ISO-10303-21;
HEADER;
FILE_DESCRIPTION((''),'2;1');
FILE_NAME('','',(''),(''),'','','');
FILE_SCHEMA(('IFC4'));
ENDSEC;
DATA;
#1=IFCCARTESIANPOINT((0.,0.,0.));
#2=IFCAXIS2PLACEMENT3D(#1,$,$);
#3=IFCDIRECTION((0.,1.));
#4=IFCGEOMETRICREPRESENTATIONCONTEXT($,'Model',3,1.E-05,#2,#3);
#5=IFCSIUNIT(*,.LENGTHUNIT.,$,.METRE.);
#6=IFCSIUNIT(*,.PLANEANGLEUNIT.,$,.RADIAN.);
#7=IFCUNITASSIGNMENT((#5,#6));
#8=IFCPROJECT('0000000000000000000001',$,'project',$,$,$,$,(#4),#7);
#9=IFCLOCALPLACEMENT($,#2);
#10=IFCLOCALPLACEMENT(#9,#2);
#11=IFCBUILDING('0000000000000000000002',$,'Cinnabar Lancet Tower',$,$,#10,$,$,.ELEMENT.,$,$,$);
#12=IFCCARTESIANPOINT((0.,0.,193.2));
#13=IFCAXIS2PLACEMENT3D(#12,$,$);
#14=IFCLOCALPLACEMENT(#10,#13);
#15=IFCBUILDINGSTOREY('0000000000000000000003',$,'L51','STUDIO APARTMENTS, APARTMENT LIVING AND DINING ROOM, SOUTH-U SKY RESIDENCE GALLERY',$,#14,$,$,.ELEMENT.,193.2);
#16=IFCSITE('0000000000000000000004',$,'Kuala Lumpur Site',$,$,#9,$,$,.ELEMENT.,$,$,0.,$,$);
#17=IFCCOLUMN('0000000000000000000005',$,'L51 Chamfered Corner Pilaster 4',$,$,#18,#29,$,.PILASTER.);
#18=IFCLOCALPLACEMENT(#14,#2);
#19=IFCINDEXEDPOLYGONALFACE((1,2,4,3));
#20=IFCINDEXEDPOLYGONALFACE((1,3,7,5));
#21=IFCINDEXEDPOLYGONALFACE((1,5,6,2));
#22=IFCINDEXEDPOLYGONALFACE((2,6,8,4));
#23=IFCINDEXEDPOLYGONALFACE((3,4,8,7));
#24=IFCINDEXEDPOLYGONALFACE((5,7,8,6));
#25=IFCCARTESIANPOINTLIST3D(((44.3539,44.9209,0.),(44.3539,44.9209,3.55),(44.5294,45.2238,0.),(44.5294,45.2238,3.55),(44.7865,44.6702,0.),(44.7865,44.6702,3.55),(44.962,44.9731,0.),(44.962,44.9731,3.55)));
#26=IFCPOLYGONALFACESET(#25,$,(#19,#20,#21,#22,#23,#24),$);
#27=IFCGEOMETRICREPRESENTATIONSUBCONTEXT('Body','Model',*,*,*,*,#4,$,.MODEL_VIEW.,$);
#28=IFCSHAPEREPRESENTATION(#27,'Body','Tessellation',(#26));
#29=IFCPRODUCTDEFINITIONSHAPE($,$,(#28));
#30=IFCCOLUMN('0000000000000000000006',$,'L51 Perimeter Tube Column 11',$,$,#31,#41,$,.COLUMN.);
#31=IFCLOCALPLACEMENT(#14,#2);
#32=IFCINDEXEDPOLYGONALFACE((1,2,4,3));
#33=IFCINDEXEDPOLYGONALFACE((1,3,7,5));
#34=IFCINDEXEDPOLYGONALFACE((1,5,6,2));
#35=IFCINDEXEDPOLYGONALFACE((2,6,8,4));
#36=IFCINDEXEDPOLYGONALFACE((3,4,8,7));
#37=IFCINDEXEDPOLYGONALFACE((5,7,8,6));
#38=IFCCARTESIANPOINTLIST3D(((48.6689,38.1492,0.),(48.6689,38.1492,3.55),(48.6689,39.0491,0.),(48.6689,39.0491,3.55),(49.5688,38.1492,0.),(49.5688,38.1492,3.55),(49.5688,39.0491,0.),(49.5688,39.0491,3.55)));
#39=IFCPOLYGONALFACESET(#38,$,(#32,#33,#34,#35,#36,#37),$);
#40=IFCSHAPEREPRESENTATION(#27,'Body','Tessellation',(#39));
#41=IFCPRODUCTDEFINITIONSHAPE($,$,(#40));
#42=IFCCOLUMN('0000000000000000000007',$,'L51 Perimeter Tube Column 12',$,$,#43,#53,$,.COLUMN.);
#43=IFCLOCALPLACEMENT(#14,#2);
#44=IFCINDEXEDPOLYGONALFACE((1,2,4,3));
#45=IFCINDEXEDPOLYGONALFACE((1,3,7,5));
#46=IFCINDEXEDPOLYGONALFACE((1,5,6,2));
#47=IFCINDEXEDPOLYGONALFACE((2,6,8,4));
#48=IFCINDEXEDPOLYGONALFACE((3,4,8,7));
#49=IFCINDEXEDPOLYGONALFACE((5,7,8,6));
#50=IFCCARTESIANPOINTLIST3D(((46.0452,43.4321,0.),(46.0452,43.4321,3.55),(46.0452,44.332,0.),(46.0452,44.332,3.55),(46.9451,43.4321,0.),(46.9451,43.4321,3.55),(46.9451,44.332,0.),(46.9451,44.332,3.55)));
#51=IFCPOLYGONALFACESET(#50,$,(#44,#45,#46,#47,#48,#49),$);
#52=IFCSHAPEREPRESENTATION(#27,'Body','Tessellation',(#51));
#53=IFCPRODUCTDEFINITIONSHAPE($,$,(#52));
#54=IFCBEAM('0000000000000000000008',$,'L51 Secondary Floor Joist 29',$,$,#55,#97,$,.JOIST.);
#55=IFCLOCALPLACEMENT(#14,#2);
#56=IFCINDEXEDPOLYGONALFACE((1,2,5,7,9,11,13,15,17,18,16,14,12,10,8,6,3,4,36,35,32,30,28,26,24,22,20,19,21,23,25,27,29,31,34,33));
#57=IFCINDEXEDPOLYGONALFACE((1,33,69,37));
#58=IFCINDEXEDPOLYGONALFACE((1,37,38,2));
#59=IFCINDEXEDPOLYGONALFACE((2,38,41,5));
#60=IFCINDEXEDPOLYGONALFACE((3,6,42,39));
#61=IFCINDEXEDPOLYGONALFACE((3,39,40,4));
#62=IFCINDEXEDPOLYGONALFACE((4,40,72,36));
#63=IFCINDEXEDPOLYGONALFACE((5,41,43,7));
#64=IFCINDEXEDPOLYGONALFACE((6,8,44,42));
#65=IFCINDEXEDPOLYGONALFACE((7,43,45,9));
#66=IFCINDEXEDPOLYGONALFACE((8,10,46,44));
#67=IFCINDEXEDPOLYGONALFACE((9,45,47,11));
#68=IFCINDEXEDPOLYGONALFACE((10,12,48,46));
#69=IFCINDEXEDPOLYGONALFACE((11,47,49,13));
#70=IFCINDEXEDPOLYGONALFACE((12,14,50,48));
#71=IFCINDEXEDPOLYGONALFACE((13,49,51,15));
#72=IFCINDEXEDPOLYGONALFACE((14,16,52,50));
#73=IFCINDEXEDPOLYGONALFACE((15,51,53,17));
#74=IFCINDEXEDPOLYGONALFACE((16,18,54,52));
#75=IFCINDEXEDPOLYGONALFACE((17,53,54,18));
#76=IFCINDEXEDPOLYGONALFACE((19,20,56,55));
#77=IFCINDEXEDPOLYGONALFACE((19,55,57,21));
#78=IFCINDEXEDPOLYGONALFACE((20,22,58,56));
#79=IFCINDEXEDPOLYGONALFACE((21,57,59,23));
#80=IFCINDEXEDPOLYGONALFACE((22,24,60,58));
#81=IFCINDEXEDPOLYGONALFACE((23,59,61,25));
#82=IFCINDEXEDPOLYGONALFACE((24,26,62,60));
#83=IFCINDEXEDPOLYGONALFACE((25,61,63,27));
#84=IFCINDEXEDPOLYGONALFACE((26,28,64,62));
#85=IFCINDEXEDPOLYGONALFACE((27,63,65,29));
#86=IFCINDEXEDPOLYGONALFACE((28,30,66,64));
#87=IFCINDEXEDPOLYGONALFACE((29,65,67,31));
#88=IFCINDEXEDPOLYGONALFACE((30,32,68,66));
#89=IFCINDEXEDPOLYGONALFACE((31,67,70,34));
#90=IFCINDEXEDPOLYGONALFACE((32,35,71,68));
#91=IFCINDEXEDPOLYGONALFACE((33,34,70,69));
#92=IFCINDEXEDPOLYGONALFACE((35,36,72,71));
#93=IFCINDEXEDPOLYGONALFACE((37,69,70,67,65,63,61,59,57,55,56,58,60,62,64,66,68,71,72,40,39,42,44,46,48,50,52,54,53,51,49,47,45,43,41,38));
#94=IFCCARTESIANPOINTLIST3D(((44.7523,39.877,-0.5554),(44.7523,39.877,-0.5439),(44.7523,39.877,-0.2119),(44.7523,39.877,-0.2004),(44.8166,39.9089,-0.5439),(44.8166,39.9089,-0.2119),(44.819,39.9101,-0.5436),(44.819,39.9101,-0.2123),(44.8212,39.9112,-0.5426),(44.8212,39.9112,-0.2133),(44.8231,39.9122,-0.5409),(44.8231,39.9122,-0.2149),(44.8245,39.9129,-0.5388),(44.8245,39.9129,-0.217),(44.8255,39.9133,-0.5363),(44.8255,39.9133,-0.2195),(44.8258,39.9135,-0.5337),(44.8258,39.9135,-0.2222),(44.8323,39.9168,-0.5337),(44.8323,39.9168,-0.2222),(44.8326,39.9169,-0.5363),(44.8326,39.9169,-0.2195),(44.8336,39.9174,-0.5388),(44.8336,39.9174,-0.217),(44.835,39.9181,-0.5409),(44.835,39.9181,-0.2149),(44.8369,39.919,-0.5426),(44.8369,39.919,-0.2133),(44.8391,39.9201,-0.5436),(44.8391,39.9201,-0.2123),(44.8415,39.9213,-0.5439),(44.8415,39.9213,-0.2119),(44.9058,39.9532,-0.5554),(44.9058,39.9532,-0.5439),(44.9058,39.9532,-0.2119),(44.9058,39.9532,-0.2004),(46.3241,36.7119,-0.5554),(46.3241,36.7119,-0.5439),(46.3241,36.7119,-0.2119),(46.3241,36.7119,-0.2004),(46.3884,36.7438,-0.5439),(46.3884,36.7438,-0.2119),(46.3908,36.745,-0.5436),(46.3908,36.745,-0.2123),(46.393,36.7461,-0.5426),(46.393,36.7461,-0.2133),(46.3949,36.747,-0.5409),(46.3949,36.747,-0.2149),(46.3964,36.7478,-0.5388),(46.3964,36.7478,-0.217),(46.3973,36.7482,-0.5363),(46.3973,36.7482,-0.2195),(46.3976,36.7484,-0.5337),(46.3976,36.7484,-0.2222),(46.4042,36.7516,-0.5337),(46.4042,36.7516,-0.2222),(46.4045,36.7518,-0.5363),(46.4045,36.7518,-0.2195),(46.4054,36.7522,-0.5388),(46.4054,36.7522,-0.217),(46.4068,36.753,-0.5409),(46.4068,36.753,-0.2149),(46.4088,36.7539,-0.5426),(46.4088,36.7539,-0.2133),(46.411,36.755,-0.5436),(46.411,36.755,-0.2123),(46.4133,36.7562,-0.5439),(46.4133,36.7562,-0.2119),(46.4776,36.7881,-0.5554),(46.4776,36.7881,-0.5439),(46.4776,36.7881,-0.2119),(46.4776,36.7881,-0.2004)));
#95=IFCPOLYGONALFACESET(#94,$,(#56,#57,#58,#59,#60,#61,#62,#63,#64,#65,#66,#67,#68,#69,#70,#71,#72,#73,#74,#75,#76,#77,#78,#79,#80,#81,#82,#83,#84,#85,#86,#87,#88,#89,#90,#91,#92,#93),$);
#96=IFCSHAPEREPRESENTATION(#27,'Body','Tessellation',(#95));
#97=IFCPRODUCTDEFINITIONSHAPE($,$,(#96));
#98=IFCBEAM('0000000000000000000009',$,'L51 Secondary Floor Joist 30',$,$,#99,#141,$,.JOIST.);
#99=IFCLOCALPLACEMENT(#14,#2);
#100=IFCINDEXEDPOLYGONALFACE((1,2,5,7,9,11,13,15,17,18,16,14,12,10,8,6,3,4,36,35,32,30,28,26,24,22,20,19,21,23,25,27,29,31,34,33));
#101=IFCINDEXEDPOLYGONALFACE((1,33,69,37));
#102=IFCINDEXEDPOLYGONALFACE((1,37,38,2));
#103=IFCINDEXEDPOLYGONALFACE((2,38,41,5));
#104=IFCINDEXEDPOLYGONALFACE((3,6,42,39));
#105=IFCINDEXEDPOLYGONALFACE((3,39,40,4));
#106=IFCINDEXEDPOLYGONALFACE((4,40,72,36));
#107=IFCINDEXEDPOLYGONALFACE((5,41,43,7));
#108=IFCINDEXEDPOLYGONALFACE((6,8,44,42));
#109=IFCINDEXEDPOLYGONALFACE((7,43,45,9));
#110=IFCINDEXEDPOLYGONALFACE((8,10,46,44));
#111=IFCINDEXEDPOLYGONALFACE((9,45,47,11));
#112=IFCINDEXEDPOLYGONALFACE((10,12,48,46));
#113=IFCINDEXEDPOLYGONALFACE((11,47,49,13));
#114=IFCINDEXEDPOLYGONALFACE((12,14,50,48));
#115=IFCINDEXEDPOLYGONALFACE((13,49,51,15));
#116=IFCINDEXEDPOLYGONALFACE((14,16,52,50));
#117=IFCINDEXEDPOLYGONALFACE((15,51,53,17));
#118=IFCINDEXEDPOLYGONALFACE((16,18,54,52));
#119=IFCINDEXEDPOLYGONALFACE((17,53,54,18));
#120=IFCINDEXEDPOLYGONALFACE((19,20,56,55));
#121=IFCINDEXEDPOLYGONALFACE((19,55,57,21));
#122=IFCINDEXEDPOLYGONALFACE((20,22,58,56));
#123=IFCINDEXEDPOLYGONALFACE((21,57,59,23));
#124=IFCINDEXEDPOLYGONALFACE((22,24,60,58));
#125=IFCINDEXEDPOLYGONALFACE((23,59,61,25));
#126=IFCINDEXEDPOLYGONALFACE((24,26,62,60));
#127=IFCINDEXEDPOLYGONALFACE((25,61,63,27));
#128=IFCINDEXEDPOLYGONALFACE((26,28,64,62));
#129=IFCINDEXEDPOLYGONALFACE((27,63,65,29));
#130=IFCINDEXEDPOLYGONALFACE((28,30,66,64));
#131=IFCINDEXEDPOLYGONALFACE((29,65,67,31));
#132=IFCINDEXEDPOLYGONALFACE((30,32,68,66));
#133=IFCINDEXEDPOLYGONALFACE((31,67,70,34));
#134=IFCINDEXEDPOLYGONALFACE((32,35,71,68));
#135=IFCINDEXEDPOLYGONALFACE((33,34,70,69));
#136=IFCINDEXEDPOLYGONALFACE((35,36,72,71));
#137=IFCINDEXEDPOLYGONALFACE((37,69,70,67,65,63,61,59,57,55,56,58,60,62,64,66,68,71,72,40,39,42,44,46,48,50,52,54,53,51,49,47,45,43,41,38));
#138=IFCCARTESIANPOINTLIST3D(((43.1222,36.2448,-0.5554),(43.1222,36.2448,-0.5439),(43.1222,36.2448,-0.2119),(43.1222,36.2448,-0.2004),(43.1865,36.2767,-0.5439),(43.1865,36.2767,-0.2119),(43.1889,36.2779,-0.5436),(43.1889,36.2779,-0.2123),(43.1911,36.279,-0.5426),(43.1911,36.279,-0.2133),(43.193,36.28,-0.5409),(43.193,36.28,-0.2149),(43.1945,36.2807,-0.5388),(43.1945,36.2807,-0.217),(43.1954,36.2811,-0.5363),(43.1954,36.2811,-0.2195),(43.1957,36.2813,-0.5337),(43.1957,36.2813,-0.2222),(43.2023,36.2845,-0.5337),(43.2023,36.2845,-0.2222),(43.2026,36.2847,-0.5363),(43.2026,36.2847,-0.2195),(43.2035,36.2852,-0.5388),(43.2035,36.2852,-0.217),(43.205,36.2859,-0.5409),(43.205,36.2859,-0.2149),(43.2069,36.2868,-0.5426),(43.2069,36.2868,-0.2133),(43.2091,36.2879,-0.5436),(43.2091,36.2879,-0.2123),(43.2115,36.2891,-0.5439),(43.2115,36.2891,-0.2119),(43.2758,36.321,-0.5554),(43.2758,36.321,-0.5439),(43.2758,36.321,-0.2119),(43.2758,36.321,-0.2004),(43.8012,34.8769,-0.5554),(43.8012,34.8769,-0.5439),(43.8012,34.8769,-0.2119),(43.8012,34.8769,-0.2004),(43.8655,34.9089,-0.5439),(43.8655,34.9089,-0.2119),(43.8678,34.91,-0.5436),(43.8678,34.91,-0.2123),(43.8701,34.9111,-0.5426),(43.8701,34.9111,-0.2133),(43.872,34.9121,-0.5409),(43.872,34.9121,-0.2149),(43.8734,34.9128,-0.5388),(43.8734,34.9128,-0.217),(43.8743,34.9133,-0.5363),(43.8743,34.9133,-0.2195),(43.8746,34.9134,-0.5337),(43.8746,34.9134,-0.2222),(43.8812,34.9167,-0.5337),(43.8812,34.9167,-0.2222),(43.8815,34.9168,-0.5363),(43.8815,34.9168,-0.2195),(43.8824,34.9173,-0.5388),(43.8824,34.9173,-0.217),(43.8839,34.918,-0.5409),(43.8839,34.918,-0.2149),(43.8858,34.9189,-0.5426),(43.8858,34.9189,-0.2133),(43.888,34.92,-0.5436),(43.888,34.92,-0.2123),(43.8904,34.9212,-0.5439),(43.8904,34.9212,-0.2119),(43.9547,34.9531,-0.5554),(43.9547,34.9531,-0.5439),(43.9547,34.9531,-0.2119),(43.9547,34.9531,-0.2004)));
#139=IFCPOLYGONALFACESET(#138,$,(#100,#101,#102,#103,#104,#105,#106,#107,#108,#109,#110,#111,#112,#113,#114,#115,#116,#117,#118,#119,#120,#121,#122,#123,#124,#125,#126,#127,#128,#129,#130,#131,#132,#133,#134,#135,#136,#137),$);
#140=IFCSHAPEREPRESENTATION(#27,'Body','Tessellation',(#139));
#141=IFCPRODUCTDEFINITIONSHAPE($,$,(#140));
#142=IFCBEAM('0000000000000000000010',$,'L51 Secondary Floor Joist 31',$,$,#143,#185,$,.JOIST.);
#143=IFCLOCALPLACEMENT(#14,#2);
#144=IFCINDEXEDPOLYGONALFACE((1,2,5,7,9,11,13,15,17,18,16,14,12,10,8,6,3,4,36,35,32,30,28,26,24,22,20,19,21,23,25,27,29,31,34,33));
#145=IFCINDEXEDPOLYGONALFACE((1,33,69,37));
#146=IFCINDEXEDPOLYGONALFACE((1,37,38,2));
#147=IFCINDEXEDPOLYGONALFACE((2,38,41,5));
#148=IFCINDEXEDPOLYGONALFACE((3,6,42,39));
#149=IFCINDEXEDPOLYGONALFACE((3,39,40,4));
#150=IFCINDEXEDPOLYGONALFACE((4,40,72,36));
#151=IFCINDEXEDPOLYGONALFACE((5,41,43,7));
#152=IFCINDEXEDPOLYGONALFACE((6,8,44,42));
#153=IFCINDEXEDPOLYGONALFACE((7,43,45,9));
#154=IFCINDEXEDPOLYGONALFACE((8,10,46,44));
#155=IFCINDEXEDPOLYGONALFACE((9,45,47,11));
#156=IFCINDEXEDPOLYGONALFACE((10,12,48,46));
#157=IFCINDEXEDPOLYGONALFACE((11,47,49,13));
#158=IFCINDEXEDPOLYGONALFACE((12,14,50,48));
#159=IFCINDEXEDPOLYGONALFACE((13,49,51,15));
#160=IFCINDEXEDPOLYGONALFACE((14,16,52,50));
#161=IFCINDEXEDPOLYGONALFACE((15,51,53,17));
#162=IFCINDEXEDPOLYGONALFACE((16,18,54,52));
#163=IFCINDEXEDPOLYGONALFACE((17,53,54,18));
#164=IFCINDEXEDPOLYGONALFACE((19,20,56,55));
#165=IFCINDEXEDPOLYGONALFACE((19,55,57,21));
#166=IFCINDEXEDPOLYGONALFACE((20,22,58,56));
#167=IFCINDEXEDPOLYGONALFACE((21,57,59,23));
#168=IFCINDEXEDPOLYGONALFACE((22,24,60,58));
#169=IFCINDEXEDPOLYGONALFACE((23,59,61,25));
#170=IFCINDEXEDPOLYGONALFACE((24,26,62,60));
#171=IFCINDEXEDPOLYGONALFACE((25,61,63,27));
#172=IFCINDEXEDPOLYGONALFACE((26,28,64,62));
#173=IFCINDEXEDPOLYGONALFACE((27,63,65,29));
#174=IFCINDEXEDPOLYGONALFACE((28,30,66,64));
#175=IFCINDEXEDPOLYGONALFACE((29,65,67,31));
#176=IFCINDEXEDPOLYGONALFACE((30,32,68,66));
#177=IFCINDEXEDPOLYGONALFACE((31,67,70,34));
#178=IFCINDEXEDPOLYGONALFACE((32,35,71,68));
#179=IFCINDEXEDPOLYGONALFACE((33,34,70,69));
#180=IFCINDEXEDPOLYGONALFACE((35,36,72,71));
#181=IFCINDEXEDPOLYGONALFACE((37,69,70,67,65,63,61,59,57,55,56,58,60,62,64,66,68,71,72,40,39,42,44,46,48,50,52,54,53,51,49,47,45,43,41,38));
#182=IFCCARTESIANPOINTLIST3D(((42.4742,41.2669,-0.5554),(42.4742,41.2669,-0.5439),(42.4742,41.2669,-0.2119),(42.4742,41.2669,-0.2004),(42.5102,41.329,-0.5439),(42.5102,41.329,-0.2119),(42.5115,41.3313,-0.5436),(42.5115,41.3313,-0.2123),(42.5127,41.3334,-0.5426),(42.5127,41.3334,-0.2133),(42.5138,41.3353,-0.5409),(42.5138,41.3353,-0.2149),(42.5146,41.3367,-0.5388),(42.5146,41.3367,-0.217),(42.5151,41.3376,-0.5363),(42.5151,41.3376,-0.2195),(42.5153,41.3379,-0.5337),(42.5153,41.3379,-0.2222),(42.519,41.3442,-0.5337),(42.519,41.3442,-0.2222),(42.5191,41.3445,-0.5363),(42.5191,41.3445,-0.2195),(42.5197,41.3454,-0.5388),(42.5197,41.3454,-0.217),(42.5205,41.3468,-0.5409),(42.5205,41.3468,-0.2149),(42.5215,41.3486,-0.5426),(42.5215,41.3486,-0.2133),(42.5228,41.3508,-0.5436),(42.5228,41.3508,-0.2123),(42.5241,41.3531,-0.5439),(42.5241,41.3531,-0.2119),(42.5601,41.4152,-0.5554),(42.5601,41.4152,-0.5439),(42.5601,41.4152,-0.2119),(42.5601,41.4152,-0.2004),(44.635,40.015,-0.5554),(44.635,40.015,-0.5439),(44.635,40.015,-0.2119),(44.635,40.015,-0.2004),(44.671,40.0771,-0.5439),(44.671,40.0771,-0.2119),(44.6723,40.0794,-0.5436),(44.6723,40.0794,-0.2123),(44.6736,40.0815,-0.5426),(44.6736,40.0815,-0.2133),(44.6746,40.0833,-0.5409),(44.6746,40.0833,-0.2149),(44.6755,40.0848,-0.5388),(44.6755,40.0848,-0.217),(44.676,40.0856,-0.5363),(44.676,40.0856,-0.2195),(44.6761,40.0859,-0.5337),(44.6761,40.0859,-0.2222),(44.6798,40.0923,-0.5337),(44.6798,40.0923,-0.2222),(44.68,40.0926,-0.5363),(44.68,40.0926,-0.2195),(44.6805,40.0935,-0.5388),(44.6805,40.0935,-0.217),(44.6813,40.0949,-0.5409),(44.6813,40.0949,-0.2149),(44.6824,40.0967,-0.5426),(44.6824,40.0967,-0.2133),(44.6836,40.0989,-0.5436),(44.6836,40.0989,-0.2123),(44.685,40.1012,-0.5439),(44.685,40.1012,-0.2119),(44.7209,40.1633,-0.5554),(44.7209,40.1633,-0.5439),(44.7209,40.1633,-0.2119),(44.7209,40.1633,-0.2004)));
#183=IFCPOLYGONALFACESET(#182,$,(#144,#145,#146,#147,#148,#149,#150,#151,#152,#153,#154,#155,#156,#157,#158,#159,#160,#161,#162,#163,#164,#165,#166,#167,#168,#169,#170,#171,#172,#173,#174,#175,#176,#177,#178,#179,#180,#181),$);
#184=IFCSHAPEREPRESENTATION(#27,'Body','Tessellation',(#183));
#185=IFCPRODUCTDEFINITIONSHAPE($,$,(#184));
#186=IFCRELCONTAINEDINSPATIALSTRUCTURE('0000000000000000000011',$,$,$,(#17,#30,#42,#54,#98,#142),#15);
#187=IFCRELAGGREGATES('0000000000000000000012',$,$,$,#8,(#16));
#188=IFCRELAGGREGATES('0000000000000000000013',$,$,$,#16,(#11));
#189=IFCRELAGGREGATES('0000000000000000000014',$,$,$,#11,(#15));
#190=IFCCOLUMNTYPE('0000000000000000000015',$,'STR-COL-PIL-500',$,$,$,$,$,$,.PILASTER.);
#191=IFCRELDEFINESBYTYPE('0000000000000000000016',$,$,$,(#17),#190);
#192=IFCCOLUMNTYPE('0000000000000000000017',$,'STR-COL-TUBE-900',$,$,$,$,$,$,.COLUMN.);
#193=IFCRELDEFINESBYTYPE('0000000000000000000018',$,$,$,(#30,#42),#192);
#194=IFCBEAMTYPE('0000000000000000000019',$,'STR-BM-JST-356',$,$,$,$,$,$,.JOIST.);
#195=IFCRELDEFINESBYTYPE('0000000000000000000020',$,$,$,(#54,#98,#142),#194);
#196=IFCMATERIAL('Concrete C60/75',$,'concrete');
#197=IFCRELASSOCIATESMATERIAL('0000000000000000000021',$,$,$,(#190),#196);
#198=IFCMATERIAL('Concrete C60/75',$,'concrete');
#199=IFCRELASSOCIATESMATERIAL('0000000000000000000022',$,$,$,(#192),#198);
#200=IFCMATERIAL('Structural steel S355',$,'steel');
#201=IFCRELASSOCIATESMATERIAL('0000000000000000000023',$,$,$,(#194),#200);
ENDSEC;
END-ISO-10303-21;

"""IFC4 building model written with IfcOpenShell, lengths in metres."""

from ifc_helpers import new_model, si_unit, direction, frame, origin, origin_2d, place, context, subcontext, project, spatial, rectangle, i_section, extrude, material, material_profile, profile_set, type_object, element, save


model = new_model("IFC4")

# Units and contexts
model_context = context("Model", 3, precision=1e-05, world=origin(), true_north=direction((0.0, 1.0)))
body_context = subcontext(model_context, "Body", "Model", "MODEL_VIEW")
ifc_project = project(units=[si_unit("LENGTHUNIT", "METRE"), si_unit("PLANEANGLEUNIT", "RADIAN")], contexts=[model_context])

# Site, building, storey
site_placement = place(None, origin())
site = spatial("IfcSite", under=ifc_project, at=site_placement, Name="Kuala Lumpur Site", CompositionType="ELEMENT", RefElevation=0.0)
building_placement = place(site_placement, origin())
building = spatial("IfcBuilding", under=site, at=building_placement, Name="Cinnabar Lancet Tower", CompositionType="ELEMENT")
storey_placement = place(building_placement, frame((0.0, 0.0, 193.2)))
storey = spatial("IfcBuildingStorey", under=building, at=storey_placement, Name="L51", Description="STUDIO APARTMENTS, APARTMENT LIVING AND DINING ROOM, SOUTH-U SKY RESIDENCE GALLERY", CompositionType="ELEMENT", Elevation=193.2)

# Columns
ifc_material_1 = material(Name="Concrete C60/75", Category="concrete")
ifc_material_profile_1 = material_profile(ifc_material_1, rectangle(XDim=0.5, YDim=0.3501, at=origin_2d()), Name="RC-PIL 500x350")
ifc_profile_set_1 = profile_set([ifc_material_profile_1], Name="Concrete C60/75")
column_type_1 = type_object("IfcColumnType", Name="STR-COL-PIL-500", PredefinedType="PILASTER", material=ifc_profile_set_1)
column_placement = place(storey_placement, frame((44.658, 44.947, 0.0), z_axis=(0.0, 0.0, 1.0), x_axis=(-0.86523, 0.501375, 0.0)))
element("IfcColumn", 1, at=column_placement, inside=storey, type_object=column_type_1, Name="L51 Chamfered Corner Pilaster 4", PredefinedType="PILASTER", context=body_context, shape_type="SweptSolid", body=[
    extrude(rectangle(XDim=0.5, YDim=0.3501, at=origin_2d()), origin(), (0.0, 0.0, 1.0), 3.55),
])
ifc_material_2 = material(Name="Concrete C60/75", Category="concrete")
ifc_material_profile_2 = material_profile(ifc_material_2, rectangle(XDim=0.8999, YDim=0.8999, at=origin_2d()), Name="RC-COL 900x900")
ifc_profile_set_2 = profile_set([ifc_material_profile_2], Name="Concrete C60/75")
column_type_2 = type_object("IfcColumnType", Name="STR-COL-TUBE-900", PredefinedType="COLUMN", material=ifc_profile_set_2)
for number, where, z_axis, x_axis, name in (
    (2, (49.1189, 38.5991, 0.0), (0.0, 0.0, 1.0), (1.0, 0.0, 0.0), "L51 Perimeter Tube Column 11"),
    (3, (46.4951, 43.8821, 0.0), (0.0, 0.0, 1.0), (1.0, 0.0, 0.0), "L51 Perimeter Tube Column 12"),
):
    element("IfcColumn", number, at=place(storey_placement, frame(where, z_axis=z_axis, x_axis=x_axis)), inside=storey, type_object=column_type_2, Name=name, PredefinedType="COLUMN", context=body_context, shape_type="SweptSolid", body=[
        extrude(rectangle(XDim=0.8999, YDim=0.8999, at=origin_2d()), origin(), (0.0, 0.0, 1.0), 3.55),
    ])

# Beams
ifc_material_3 = material(Name="Structural steel S355", Category="steel")
ifc_material_profile_3 = material_profile(ifc_material_3, i_section(OverallWidth=0.1714, OverallDepth=0.355, WebThickness=0.0073, FlangeThickness=0.0115, FilletRadius=0.0103, at=origin_2d()), Name="UKB 356x171x51")
ifc_profile_set_3 = profile_set([ifc_material_profile_3], Name="Structural steel S355")
beam_type_1 = type_object("IfcBeamType", Name="STR-BM-JST-356", PredefinedType="JOIST", material=ifc_profile_set_3)
beam_1_placement = place(storey_placement, frame((46.4009, 36.75, -0.3779), z_axis=(-0.44478, 0.89564, 0.0), x_axis=(-0.89564, -0.44478, 0.0)))
element("IfcBeam", 4, at=beam_1_placement, inside=storey, type_object=beam_type_1, Name="L51 Secondary Floor Joist 29", PredefinedType="JOIST", context=body_context, shape_type="SweptSolid", body=[
    extrude(i_section(OverallWidth=0.1714, OverallDepth=0.355, WebThickness=0.0073, FlangeThickness=0.0115, FilletRadius=0.0103, at=origin_2d()), origin(), (0.0, 0.0, 1.0), 3.5339),
])
beam_2_placement = place(storey_placement, frame((43.8779, 34.915, -0.3779), z_axis=(-0.44459, 0.895734, 0.0), x_axis=(-0.895734, -0.44459, 0.0)))
element("IfcBeam", 5, at=beam_2_placement, inside=storey, type_object=beam_type_1, Name="L51 Secondary Floor Joist 30", PredefinedType="JOIST", context=body_context, shape_type="SweptSolid", body=[
    extrude(i_section(OverallWidth=0.1714, OverallDepth=0.355, WebThickness=0.0073, FlangeThickness=0.0115, FilletRadius=0.0103, at=origin_2d()), origin(), (0.0, 0.0, 1.0), 1.5271),
])
beam_3_placement = place(storey_placement, frame((44.678, 40.0891, -0.3779), z_axis=(-0.865268, 0.50131, 0.0), x_axis=(-0.50131, -0.865268, 0.0)))
element("IfcBeam", 6, at=beam_3_placement, inside=storey, type_object=beam_type_1, Name="L51 Secondary Floor Joist 31", PredefinedType="JOIST", context=body_context, shape_type="SweptSolid", body=[
    extrude(i_section(OverallWidth=0.1714, OverallDepth=0.355, WebThickness=0.0073, FlangeThickness=0.0115, FilletRadius=0.0103, at=origin_2d()), origin(), (0.0, 0.0, 1.0), 2.4973),
])

save(model, "model.ifc")
